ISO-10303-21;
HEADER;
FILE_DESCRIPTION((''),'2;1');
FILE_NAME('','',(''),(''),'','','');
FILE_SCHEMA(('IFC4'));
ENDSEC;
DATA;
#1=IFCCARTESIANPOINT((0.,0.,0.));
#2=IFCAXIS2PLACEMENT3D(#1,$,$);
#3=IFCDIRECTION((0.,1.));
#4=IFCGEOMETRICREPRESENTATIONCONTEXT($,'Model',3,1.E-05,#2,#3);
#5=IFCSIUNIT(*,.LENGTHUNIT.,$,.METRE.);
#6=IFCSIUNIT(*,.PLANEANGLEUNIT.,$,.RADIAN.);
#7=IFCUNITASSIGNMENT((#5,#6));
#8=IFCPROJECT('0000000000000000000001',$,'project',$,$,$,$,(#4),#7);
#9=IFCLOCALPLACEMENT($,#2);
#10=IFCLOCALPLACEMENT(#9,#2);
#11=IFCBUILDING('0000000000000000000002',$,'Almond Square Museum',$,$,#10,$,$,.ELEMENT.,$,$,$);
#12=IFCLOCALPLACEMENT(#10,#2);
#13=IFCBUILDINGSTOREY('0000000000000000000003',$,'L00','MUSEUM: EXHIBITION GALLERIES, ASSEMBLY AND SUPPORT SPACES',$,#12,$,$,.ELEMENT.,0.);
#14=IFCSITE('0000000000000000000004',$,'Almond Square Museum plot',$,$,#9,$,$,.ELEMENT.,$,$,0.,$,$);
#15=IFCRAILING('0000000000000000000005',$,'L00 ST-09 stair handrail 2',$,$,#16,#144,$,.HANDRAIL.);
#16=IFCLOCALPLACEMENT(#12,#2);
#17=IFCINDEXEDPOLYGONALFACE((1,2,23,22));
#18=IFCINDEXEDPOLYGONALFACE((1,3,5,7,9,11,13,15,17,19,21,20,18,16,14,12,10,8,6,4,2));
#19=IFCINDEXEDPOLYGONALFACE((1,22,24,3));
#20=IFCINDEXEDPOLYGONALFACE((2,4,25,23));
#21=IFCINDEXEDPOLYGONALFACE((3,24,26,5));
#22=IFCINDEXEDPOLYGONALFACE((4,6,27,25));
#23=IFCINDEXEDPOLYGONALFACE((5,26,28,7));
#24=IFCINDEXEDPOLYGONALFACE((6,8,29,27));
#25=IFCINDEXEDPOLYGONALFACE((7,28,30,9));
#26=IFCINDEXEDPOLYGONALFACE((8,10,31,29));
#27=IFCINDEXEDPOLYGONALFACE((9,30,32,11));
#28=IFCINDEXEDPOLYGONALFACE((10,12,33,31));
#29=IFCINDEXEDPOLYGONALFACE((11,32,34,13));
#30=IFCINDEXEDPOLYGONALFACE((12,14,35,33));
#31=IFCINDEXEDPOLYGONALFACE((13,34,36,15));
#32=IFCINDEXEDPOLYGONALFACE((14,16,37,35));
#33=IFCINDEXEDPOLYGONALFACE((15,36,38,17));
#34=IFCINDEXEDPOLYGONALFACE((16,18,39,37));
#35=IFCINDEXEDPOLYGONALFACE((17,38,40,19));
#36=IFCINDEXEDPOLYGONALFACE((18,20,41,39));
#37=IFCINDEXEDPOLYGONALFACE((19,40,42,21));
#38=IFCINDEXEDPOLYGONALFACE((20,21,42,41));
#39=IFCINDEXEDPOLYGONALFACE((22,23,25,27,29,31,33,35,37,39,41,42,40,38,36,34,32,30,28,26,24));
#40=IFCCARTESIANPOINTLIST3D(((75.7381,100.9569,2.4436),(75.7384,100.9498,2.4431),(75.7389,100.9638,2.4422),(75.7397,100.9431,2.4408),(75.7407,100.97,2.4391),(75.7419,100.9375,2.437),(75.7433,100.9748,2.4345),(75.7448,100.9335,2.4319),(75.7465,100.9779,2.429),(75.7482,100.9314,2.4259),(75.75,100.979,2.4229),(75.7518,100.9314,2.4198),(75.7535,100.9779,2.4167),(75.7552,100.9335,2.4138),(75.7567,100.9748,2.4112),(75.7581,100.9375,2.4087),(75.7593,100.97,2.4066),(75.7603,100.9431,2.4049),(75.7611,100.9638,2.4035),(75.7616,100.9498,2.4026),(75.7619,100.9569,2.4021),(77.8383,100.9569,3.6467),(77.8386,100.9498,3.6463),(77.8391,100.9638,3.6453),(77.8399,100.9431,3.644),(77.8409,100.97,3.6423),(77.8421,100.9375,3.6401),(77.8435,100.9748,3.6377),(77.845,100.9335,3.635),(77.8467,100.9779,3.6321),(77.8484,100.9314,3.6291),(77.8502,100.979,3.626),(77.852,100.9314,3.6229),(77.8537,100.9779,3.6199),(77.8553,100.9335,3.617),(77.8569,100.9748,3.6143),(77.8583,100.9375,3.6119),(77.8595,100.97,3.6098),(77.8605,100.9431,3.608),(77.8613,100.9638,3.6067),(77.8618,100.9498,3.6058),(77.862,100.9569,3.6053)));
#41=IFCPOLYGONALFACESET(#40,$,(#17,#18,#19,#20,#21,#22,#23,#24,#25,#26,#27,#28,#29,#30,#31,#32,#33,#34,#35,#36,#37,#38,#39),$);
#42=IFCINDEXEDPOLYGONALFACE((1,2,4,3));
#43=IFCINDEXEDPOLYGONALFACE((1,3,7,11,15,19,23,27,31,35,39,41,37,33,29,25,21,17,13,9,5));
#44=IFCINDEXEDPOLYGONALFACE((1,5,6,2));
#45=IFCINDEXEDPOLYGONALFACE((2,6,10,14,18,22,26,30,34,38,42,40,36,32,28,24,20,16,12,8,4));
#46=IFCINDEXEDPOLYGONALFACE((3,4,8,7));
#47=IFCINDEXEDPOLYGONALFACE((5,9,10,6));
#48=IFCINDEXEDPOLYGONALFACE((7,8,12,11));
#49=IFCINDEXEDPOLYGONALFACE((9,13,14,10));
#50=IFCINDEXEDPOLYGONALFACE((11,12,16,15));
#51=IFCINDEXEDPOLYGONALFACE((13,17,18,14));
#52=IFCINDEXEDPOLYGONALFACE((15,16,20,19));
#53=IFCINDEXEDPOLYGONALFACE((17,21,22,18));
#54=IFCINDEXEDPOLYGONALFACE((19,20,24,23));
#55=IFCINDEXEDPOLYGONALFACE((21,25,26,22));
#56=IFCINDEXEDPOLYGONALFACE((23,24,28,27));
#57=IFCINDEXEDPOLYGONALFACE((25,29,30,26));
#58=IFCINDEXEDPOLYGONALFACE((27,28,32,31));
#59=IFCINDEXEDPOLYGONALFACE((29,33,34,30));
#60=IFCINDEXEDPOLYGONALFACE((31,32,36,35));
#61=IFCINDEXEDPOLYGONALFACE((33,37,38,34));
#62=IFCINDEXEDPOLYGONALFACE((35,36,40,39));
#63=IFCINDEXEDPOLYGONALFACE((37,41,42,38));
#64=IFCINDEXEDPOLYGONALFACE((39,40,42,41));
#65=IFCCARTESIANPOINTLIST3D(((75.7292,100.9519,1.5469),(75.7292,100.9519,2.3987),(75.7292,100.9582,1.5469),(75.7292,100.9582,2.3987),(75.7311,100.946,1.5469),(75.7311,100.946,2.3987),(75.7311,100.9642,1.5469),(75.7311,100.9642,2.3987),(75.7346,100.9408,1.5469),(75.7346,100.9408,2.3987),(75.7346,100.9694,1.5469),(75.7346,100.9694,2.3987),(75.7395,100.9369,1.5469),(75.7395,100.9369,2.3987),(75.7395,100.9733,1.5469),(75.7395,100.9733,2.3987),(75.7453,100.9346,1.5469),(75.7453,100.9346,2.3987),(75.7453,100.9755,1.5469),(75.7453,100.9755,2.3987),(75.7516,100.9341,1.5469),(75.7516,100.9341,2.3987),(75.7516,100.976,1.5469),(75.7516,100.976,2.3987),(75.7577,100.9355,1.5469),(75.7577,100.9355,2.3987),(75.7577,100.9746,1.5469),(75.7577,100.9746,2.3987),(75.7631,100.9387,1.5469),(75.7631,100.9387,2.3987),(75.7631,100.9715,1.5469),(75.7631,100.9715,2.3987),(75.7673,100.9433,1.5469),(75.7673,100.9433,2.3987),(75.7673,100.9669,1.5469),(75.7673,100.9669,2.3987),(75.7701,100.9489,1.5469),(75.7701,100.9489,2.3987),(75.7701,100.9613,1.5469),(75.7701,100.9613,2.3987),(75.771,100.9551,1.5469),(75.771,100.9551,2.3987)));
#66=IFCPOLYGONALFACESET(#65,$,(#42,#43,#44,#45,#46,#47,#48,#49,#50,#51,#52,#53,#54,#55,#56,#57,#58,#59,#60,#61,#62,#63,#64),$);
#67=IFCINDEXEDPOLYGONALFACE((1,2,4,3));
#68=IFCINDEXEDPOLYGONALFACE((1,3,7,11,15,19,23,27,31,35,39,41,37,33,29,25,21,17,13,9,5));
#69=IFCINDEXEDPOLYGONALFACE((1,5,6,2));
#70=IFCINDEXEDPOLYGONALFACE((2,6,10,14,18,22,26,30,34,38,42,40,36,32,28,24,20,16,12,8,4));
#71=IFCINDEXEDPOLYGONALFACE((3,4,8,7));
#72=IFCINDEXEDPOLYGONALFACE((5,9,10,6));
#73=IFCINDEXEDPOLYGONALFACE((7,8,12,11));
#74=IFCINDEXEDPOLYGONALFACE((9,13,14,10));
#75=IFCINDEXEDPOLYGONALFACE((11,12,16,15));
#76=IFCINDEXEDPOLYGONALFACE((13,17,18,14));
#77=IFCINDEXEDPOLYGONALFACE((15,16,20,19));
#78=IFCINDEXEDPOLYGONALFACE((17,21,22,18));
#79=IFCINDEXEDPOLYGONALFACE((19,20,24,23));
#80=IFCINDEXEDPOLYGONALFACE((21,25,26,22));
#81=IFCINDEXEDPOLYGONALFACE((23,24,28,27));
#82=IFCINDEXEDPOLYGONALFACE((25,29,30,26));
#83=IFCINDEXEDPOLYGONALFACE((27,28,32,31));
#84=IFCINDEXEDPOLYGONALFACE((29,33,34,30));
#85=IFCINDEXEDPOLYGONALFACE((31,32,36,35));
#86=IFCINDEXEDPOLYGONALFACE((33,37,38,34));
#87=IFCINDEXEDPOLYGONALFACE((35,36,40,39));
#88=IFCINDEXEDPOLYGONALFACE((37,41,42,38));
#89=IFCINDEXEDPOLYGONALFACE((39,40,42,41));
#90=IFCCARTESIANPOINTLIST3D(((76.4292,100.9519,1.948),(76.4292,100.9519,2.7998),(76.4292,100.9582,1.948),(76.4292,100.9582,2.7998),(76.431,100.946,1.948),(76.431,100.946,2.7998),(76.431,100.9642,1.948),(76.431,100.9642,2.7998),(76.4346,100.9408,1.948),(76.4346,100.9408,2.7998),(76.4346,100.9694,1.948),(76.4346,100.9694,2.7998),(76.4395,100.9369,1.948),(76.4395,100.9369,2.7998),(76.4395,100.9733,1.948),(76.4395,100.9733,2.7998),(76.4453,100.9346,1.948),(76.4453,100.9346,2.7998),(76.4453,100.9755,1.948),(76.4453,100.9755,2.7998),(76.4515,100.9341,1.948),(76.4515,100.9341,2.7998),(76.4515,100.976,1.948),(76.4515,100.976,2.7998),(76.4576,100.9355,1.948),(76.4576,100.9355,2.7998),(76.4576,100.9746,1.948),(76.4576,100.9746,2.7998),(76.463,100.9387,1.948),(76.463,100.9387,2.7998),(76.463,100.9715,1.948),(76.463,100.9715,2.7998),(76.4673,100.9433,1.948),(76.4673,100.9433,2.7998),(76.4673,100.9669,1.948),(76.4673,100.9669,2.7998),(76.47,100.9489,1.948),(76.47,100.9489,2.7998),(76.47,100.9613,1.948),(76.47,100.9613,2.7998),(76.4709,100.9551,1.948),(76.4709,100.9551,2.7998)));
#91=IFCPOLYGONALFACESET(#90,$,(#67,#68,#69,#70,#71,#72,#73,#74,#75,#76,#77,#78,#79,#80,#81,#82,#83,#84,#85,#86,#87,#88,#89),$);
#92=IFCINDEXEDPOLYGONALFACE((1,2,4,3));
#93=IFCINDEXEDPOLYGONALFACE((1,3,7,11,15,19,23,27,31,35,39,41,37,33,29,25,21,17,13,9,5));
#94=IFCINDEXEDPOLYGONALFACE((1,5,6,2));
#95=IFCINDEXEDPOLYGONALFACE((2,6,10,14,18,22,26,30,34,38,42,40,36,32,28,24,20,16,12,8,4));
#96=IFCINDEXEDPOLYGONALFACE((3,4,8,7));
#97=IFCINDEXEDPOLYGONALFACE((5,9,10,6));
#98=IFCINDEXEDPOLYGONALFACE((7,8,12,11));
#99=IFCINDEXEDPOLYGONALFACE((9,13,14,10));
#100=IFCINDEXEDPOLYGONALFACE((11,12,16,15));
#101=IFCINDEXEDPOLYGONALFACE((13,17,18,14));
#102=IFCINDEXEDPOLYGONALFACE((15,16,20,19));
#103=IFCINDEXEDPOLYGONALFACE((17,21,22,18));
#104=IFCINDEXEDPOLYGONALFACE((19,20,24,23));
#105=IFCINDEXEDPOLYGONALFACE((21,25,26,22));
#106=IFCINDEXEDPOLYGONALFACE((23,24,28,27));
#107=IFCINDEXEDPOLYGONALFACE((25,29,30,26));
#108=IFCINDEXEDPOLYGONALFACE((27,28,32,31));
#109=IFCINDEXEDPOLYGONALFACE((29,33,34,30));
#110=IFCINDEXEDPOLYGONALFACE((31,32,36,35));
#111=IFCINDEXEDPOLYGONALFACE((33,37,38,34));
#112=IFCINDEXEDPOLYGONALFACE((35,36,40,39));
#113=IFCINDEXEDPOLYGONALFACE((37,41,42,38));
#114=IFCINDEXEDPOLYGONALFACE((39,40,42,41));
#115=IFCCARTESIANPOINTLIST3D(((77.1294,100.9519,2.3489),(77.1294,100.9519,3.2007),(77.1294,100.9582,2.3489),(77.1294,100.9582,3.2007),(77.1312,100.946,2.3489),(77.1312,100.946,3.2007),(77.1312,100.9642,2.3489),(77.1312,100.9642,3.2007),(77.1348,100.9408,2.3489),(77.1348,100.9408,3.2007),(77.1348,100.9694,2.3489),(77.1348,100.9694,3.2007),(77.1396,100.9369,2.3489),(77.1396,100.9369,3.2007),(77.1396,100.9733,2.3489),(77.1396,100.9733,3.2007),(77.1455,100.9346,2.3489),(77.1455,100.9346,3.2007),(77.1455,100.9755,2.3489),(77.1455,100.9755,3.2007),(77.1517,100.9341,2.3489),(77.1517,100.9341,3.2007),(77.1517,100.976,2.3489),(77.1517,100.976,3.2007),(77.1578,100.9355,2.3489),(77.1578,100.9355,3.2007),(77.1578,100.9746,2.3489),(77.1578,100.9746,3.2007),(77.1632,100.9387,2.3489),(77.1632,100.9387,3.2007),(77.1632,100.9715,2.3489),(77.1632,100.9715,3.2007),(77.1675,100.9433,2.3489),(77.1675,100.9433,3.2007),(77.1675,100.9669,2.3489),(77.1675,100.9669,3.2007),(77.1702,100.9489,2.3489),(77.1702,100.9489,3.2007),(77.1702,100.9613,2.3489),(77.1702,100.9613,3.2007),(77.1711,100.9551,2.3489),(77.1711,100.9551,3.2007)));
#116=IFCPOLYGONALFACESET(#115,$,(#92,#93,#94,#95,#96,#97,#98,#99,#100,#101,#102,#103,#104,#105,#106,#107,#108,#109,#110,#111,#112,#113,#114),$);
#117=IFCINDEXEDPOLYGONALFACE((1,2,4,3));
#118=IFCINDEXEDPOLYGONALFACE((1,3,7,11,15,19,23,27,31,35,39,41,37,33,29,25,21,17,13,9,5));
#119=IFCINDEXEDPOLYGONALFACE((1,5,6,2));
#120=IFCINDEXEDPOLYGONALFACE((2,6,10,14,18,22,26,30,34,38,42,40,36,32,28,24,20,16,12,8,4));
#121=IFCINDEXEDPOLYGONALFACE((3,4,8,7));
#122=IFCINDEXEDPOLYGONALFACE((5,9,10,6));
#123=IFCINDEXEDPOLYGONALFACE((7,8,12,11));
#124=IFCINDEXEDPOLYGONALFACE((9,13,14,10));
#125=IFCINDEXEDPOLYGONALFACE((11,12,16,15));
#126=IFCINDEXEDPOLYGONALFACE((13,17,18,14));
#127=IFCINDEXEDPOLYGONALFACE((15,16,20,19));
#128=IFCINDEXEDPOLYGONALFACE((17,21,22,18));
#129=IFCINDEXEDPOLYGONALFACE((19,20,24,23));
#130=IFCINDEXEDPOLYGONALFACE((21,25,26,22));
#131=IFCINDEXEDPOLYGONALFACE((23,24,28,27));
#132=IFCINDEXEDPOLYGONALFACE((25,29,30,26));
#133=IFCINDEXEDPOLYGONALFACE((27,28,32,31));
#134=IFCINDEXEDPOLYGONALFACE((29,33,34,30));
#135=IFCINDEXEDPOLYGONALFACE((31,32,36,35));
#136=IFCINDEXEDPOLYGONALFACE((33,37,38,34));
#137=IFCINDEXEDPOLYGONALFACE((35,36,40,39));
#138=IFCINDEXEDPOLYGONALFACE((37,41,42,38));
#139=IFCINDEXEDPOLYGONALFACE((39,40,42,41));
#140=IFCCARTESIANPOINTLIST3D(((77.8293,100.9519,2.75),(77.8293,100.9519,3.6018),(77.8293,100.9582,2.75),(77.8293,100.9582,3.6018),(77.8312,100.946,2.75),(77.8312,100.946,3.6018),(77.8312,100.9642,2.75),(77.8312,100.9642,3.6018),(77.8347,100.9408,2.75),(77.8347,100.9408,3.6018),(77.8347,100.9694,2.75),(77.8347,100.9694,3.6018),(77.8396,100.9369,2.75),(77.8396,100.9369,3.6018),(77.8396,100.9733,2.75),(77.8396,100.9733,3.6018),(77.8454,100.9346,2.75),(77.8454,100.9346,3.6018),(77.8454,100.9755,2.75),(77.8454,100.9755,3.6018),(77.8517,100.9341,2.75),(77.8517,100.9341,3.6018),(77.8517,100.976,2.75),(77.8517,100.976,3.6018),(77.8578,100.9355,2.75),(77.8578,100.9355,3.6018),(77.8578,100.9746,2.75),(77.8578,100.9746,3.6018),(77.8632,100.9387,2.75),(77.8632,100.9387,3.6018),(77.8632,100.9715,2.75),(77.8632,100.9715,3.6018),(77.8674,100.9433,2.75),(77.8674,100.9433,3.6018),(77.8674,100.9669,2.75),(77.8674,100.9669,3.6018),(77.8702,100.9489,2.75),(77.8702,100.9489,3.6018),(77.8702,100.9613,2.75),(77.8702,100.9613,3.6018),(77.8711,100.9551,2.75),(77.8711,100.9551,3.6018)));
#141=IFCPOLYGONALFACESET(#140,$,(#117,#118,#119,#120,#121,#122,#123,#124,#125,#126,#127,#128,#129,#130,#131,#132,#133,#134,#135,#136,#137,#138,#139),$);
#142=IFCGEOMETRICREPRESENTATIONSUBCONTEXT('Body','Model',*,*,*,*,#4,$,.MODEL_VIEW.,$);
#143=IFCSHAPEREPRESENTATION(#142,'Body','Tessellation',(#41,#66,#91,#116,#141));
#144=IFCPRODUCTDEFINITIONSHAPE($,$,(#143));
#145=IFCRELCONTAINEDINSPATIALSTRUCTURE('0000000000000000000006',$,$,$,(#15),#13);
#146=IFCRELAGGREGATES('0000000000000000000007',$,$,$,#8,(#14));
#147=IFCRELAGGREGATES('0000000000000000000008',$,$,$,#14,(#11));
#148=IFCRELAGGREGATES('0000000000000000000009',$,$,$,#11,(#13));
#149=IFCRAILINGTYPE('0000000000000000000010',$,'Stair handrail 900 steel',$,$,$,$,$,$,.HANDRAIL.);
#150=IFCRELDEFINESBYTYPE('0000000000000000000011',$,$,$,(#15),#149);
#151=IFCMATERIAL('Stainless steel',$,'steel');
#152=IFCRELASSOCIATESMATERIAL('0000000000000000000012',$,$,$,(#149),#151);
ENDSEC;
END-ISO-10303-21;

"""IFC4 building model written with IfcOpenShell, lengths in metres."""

from ifc_helpers import new_model, si_unit, direction, frame, origin, origin_2d, place, context, subcontext, project, spatial, circle, extrude, material, type_object, element, save


model = new_model("IFC4")

# Units and contexts
model_context = context("Model", 3, precision=1e-05, world=origin(), true_north=direction((0.0, 1.0)))
body_context = subcontext(model_context, "Body", "Model", "MODEL_VIEW")
ifc_project = project(units=[si_unit("LENGTHUNIT", "METRE"), si_unit("PLANEANGLEUNIT", "RADIAN")], contexts=[model_context])

# Site, building, storey
site_placement = place(None, origin())
site = spatial("IfcSite", under=ifc_project, at=site_placement, Name="Almond Square Museum plot", CompositionType="ELEMENT", RefElevation=0.0)
building_placement = place(site_placement, origin())
building = spatial("IfcBuilding", under=site, at=building_placement, Name="Almond Square Museum", CompositionType="ELEMENT")
storey_placement = place(building_placement, origin())
storey = spatial("IfcBuildingStorey", under=building, at=storey_placement, Name="L00", Description="MUSEUM: EXHIBITION GALLERIES, ASSEMBLY AND SUPPORT SPACES", CompositionType="ELEMENT", Elevation=0.0)

# Railing
ifc_material_1 = material(Name="Stainless steel", Category="steel")
railing_type_1 = type_object("IfcRailingType", Name="Stair handrail 900 steel", PredefinedType="HANDRAIL", material=ifc_material_1)
for number, where, name in (
    (1, (75.75, 100.9551, 1.5469), "L00 ST-09 stair handrail 2"),
):
    element("IfcRailing", number, at=place(storey_placement, frame(where)), inside=storey, type_object=railing_type_1, Name=name, PredefinedType="HANDRAIL", context=body_context, shape_type="SweptSolid", body=[
        extrude(circle(Radius=0.0239, at=origin_2d()), frame((0.0, 0.0, 0.876), z_axis=(0.867696, 0.0, 0.497095), x_axis=(0.0, 1.0, 0.0)), (0.0, 0.0, 1.0), 2.4204),
        extrude(circle(Radius=0.021, at=origin_2d()), origin(), (0.0, 0.0, 1.0), 0.8518),
        extrude(circle(Radius=0.021, at=origin_2d()), frame((0.7, 0.0, 0.4011)), (0.0, 0.0, 1.0), 0.8518),
        extrude(circle(Radius=0.021, at=origin_2d()), frame((1.4001, 0.0, 0.802)), (0.0, 0.0, 1.0), 0.8518),
        extrude(circle(Radius=0.021, at=origin_2d()), frame((2.1001, 0.0, 1.2031)), (0.0, 0.0, 1.0), 0.8518),
    ])

save(model, "model.ifc")
